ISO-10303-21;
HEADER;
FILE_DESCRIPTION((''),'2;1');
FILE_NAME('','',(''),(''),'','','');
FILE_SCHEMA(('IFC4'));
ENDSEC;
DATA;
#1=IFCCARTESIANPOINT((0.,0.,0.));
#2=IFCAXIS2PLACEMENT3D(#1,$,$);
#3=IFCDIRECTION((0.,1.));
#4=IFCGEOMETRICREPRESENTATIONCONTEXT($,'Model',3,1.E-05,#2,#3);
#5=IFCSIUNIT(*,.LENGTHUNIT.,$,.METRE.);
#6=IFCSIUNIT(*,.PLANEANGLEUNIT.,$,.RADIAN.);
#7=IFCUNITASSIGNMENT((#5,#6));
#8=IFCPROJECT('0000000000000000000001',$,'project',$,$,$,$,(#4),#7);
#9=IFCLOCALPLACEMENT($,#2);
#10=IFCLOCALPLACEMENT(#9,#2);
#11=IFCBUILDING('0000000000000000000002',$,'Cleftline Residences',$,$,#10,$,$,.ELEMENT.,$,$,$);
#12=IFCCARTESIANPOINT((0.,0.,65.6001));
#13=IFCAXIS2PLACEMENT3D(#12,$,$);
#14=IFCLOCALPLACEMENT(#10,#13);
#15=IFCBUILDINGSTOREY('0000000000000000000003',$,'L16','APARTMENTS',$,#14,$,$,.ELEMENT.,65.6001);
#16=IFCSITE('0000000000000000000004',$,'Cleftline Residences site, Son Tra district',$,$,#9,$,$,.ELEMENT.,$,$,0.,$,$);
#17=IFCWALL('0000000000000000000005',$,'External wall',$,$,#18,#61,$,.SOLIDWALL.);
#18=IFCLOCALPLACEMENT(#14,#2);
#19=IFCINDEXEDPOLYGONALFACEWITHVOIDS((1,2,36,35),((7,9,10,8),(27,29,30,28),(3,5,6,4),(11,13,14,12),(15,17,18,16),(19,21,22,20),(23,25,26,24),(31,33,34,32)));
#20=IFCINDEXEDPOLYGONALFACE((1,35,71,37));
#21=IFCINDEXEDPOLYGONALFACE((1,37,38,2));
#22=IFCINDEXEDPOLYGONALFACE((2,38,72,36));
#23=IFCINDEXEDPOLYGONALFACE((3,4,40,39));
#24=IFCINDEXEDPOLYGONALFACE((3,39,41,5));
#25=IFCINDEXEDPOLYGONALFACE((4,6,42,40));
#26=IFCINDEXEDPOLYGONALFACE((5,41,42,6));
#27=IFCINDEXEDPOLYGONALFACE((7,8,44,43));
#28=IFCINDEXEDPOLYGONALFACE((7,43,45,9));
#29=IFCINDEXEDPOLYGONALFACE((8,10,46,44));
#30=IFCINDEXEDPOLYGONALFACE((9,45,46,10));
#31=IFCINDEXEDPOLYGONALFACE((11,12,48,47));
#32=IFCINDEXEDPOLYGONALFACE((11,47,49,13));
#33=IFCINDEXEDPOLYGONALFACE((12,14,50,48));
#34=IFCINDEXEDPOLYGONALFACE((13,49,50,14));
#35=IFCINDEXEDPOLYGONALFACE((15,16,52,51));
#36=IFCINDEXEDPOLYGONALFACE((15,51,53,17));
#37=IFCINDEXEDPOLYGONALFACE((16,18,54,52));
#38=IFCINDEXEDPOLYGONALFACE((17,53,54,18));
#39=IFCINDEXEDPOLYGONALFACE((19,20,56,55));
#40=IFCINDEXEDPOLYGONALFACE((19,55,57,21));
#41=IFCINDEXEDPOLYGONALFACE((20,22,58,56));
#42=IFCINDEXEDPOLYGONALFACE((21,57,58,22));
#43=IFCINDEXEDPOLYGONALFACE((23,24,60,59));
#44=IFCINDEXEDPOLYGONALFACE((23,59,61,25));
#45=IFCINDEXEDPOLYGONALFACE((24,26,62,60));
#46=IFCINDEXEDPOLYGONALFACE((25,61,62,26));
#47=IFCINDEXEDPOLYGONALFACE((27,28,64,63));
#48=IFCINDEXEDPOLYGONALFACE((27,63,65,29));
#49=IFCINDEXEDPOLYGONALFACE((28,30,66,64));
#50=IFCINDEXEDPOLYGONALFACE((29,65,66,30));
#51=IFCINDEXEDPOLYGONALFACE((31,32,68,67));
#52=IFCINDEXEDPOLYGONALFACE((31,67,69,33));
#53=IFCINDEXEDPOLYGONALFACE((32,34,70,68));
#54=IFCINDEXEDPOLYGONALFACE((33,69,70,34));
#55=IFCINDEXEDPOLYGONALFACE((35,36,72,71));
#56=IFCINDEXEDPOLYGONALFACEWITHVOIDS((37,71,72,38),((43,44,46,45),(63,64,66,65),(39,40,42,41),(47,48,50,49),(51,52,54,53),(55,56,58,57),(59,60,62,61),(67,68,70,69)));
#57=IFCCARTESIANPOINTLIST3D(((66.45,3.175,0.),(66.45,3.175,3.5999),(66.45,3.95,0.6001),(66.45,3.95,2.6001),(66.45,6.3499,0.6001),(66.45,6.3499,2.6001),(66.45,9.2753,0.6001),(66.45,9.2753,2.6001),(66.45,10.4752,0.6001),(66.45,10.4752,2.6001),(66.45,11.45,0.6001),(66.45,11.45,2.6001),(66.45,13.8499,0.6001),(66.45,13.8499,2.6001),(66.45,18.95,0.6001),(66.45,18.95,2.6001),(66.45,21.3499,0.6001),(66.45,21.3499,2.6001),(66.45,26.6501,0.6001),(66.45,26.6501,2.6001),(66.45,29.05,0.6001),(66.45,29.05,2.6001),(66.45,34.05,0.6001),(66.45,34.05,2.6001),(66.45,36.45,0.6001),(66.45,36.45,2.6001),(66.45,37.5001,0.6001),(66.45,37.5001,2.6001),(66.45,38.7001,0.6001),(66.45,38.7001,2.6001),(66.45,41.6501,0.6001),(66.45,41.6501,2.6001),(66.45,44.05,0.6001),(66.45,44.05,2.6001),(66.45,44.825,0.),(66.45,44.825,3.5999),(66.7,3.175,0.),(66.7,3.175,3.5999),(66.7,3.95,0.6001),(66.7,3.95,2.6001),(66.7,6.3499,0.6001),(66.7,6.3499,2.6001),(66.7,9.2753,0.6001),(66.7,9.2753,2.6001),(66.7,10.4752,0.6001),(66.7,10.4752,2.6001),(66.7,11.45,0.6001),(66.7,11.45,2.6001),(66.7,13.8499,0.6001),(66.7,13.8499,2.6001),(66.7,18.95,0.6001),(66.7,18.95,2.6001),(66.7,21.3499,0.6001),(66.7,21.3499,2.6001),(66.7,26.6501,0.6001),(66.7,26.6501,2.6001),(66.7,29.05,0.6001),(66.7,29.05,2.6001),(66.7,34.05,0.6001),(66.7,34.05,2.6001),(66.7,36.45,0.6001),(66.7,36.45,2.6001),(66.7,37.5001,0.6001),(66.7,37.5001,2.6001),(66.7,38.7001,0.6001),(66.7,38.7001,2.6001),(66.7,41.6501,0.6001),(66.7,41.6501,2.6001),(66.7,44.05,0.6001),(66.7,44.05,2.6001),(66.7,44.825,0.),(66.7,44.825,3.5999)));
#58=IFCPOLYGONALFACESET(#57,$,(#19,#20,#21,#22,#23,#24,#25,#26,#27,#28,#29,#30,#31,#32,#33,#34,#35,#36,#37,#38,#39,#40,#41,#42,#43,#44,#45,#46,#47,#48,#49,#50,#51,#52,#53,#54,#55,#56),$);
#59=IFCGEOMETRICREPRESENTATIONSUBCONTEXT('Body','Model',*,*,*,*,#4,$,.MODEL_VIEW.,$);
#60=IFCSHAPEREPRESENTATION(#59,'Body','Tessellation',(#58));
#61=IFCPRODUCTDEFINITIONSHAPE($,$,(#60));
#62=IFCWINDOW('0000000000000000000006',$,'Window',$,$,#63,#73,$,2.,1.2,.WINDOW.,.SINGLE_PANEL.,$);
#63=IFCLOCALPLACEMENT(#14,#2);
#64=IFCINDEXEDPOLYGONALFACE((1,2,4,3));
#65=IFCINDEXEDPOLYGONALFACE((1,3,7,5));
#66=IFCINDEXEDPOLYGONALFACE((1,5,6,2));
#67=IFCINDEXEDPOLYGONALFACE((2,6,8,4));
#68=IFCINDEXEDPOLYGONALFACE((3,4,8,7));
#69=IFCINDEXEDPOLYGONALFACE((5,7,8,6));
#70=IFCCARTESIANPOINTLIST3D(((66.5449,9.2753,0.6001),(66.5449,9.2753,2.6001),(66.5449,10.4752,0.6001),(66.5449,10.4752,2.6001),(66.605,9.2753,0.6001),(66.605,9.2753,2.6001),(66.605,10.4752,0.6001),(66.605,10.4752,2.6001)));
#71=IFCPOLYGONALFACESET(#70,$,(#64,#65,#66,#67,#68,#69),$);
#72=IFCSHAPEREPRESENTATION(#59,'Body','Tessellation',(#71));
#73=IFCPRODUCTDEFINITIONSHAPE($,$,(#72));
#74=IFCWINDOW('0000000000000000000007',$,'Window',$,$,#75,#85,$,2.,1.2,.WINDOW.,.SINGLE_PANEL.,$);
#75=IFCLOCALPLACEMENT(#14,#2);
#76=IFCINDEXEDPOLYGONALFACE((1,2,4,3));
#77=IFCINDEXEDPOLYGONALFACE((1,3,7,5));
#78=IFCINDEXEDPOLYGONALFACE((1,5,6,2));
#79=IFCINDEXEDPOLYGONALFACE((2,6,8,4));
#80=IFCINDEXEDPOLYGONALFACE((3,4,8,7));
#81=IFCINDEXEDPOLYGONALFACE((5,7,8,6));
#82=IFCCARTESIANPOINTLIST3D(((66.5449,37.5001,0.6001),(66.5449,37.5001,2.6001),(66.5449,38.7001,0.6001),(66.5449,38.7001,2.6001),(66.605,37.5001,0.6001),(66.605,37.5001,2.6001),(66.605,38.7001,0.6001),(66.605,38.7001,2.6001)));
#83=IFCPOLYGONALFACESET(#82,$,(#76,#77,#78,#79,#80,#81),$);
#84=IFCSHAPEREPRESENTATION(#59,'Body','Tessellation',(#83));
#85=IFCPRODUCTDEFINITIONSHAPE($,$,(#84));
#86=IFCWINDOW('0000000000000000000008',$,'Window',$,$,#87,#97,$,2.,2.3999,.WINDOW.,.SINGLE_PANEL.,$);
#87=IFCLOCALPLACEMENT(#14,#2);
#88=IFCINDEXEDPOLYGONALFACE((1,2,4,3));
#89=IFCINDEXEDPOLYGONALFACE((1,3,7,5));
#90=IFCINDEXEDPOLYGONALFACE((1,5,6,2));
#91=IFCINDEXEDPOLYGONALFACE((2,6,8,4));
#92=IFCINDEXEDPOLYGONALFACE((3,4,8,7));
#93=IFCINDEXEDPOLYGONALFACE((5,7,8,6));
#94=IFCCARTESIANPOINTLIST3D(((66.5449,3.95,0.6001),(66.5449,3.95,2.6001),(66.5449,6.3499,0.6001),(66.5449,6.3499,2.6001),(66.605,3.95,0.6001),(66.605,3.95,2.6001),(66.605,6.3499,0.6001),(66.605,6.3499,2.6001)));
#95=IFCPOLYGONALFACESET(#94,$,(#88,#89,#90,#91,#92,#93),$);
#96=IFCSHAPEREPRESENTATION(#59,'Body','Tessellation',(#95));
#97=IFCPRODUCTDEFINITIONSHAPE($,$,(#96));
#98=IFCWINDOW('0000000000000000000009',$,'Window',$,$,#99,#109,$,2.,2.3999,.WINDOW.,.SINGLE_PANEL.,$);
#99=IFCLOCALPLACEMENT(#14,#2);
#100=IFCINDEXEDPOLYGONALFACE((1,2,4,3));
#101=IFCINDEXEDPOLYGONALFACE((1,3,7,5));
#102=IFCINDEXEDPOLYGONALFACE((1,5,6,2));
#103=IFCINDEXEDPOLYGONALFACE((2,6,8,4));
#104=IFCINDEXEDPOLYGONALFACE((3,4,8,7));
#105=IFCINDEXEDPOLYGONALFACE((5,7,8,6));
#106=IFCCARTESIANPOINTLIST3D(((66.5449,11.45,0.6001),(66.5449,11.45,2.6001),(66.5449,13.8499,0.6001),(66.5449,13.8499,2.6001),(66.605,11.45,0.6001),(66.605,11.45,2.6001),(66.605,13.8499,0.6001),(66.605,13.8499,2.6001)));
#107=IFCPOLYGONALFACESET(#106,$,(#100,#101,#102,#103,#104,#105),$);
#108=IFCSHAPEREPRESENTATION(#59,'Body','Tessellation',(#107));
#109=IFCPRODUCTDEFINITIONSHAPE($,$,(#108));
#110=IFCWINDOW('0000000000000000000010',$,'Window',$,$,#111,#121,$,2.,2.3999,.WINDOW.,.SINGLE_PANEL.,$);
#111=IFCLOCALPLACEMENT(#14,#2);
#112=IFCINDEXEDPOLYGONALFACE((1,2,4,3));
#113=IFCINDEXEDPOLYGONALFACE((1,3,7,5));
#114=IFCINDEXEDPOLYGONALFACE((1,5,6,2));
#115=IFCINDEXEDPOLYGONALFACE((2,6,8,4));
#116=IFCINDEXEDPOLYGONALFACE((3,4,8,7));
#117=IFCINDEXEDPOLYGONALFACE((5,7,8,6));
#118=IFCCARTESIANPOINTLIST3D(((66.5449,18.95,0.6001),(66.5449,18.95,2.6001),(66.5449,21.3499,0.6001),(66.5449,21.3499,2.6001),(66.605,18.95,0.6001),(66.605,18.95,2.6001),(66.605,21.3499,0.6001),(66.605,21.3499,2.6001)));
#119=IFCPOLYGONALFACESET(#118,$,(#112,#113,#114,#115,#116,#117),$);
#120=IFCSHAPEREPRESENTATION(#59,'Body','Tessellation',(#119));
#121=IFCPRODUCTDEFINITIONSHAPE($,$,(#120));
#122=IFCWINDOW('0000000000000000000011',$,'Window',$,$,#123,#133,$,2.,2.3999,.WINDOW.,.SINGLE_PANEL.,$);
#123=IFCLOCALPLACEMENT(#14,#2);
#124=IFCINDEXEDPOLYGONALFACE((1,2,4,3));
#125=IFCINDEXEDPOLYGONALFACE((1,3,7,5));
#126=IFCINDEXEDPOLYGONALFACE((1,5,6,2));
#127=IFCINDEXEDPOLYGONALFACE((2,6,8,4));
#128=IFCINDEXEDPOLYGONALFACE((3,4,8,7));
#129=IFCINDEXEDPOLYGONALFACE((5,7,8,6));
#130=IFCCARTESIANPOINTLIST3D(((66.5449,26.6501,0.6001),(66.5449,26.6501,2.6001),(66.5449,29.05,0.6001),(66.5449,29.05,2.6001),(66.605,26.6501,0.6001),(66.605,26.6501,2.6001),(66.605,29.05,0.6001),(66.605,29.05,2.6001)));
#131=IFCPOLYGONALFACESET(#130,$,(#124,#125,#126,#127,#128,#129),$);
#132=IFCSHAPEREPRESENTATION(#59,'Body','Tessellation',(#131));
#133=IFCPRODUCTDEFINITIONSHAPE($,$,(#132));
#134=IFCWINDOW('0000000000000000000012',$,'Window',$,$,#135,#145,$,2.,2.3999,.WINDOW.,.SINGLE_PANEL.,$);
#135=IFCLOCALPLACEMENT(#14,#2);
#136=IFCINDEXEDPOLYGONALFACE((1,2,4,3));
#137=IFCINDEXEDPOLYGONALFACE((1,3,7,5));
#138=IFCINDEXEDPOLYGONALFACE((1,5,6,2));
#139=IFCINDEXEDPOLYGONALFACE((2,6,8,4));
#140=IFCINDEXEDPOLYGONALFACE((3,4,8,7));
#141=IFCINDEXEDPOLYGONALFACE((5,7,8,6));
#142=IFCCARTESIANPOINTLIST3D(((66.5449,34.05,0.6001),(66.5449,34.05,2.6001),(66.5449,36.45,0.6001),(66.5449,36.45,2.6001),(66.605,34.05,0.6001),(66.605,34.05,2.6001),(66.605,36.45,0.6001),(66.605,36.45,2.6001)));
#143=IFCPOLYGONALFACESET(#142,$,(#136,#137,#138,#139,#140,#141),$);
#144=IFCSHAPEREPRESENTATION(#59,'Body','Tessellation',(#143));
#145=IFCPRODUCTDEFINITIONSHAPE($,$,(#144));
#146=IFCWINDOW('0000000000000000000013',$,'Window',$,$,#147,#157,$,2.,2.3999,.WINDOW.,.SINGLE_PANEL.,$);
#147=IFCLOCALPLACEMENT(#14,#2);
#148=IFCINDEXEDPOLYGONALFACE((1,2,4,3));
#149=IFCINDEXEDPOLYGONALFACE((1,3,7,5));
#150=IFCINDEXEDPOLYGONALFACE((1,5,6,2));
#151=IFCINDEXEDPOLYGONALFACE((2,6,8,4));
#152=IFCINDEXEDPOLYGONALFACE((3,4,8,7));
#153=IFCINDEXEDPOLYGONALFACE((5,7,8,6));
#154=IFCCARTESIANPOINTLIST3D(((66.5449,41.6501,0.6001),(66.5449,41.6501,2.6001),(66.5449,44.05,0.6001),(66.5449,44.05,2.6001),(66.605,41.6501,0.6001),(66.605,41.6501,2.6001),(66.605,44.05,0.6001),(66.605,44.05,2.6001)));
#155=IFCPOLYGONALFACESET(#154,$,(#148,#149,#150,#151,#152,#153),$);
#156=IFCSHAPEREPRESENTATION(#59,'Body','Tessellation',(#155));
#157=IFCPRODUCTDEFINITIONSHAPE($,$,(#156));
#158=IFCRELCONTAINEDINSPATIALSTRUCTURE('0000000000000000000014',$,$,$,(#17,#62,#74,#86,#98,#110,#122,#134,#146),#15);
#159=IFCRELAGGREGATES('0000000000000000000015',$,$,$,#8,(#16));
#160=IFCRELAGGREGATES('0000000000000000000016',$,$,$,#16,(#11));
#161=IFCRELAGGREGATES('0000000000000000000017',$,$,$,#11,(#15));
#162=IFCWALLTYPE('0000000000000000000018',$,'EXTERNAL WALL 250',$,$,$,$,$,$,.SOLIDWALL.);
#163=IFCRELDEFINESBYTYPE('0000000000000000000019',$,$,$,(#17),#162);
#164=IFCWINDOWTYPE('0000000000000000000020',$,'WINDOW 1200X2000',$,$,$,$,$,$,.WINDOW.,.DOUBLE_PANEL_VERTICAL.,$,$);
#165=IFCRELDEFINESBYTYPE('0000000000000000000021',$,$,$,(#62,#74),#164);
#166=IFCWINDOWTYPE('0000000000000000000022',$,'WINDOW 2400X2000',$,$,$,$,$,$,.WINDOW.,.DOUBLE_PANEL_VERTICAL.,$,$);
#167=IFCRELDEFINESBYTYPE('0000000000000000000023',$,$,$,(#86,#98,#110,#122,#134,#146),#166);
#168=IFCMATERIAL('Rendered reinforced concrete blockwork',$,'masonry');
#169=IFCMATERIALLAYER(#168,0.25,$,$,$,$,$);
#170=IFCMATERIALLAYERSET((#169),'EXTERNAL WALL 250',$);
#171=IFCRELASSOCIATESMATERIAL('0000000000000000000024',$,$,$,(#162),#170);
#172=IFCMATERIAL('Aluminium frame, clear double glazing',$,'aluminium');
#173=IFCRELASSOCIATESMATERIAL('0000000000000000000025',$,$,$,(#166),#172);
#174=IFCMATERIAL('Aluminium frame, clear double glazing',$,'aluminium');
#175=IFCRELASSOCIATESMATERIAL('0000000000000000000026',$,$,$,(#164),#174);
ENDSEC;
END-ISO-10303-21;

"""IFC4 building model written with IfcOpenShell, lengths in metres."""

from ifc_helpers import new_model, si_unit, direction, frame, frame_2d, origin, place, context, subcontext, project, spatial, rectangle, extrude, material, layer, layer_set, type_object, element, fill, save


model = new_model("IFC4")

# Units and contexts
model_context = context("Model", 3, precision=1e-05, world=origin(), true_north=direction((0.0, 1.0)))
body_context = subcontext(model_context, "Body", "Model", "MODEL_VIEW")
ifc_project = project(units=[si_unit("LENGTHUNIT", "METRE"), si_unit("PLANEANGLEUNIT", "RADIAN")], contexts=[model_context])

# Site, building, storey
site_placement = place(None, origin())
site = spatial("IfcSite", under=ifc_project, at=site_placement, Name="Cleftline Residences site, Son Tra district", CompositionType="ELEMENT", RefElevation=0.0)
building_placement = place(site_placement, origin())
building = spatial("IfcBuilding", under=site, at=building_placement, Name="Cleftline Residences", CompositionType="ELEMENT")
storey_placement = place(building_placement, frame((0.0, 0.0, 65.6001)))
storey = spatial("IfcBuildingStorey", under=building, at=storey_placement, Name="L16", Description="APARTMENTS", CompositionType="ELEMENT", Elevation=65.6001)

# Shared definitions
ifc_material_1 = material(Name="Rendered reinforced concrete blockwork", Category="masonry")
ifc_layer_1 = layer(ifc_material_1, 0.25)
ifc_layer_set_1 = layer_set([ifc_layer_1], Name="EXTERNAL WALL 250")
wall_type_1 = type_object("IfcWallType", Name="EXTERNAL WALL 250", PredefinedType="SOLIDWALL", material=ifc_layer_set_1)
ifc_material_2 = material(Name="Aluminium frame, clear double glazing", Category="aluminium")
window_type_1 = type_object("IfcWindowType", Name="WINDOW 2400X2000", PartitioningType="DOUBLE_PANEL_VERTICAL", PredefinedType="WINDOW", material=ifc_material_2)

# Wall, openings, windows
wall_1_placement = place(storey_placement, frame((66.575, 3.175, 0.0), z_axis=(0.0, 0.0, 1.0), x_axis=(0.0, 1.0, 0.0)))
wall_1 = element("IfcWall", 1, at=wall_1_placement, inside=storey, type_object=wall_type_1, Name="External wall", PredefinedType="SOLIDWALL", context=body_context, shape_type="SweptSolid", body=[
    extrude(rectangle(XDim=41.6499, YDim=0.25, at=frame_2d((20.825, 0.0))), origin(), (0.0, 0.0, 1.0), 3.5999),
])
opening_1_placement = place(wall_1_placement, frame((0.7749, 0.0, 0.6001)))
opening_1 = element("IfcOpeningElement", 2, at=opening_1_placement, cuts=wall_1, PredefinedType="OPENING", context=body_context, shape_type="SweptSolid", body=[
    extrude(rectangle(XDim=2.3999, YDim=2.0, at=frame_2d((1.2, 1.0))), frame((0.0, 0.135, 0.0), z_axis=(0.0, -1.0, 0.0), x_axis=(1.0, 0.0, 0.0)), (0.0, 0.0, 1.0), 0.27),
])
opening_2_placement = place(wall_1_placement, frame((6.1001, 0.0, 0.6001)))
opening_2 = element("IfcOpeningElement", 3, at=opening_2_placement, cuts=wall_1, PredefinedType="OPENING", context=body_context, shape_type="SweptSolid", body=[
    extrude(rectangle(XDim=1.2, YDim=2.0, at=frame_2d((0.6001, 1.0))), frame((0.0, 0.135, 0.0), z_axis=(0.0, -1.0, 0.0), x_axis=(1.0, 0.0, 0.0)), (0.0, 0.0, 1.0), 0.27),
])
opening_3_placement = place(wall_1_placement, frame((8.2749, 0.0, 0.6001)))
opening_3 = element("IfcOpeningElement", 4, at=opening_3_placement, cuts=wall_1, PredefinedType="OPENING", context=body_context, shape_type="SweptSolid", body=[
    extrude(rectangle(XDim=2.3999, YDim=2.0, at=frame_2d((1.2, 1.0))), frame((0.0, 0.135, 0.0), z_axis=(0.0, -1.0, 0.0), x_axis=(1.0, 0.0, 0.0)), (0.0, 0.0, 1.0), 0.27),
])
opening_4_placement = place(wall_1_placement, frame((15.7749, 0.0, 0.6001)))
opening_4 = element("IfcOpeningElement", 5, at=opening_4_placement, cuts=wall_1, PredefinedType="OPENING", context=body_context, shape_type="SweptSolid", body=[
    extrude(rectangle(XDim=2.3999, YDim=2.0, at=frame_2d((1.2, 1.0))), frame((0.0, 0.135, 0.0), z_axis=(0.0, -1.0, 0.0), x_axis=(1.0, 0.0, 0.0)), (0.0, 0.0, 1.0), 0.27),
])
opening_5_placement = place(wall_1_placement, frame((23.4751, 0.0, 0.6001)))
opening_5 = element("IfcOpeningElement", 6, at=opening_5_placement, cuts=wall_1, PredefinedType="OPENING", context=body_context, shape_type="SweptSolid", body=[
    extrude(rectangle(XDim=2.3999, YDim=2.0, at=frame_2d((1.2, 1.0))), frame((0.0, 0.135, 0.0), z_axis=(0.0, -1.0, 0.0), x_axis=(1.0, 0.0, 0.0)), (0.0, 0.0, 1.0), 0.27),
])
opening_6_placement = place(wall_1_placement, frame((30.875, 0.0, 0.6001)))
opening_6 = element("IfcOpeningElement", 7, at=opening_6_placement, cuts=wall_1, PredefinedType="OPENING", context=body_context, shape_type="SweptSolid", body=[
    extrude(rectangle(XDim=2.3999, YDim=2.0, at=frame_2d((1.2, 1.0))), frame((0.0, 0.135, 0.0), z_axis=(0.0, -1.0, 0.0), x_axis=(1.0, 0.0, 0.0)), (0.0, 0.0, 1.0), 0.27),
])
opening_7_placement = place(wall_1_placement, frame((34.325, 0.0, 0.6001)))
opening_7 = element("IfcOpeningElement", 8, at=opening_7_placement, cuts=wall_1, PredefinedType="OPENING", context=body_context, shape_type="SweptSolid", body=[
    extrude(rectangle(XDim=1.2, YDim=2.0, at=frame_2d((0.6001, 1.0))), frame((0.0, 0.135, 0.0), z_axis=(0.0, -1.0, 0.0), x_axis=(1.0, 0.0, 0.0)), (0.0, 0.0, 1.0), 0.27),
])
opening_8_placement = place(wall_1_placement, frame((38.4751, 0.0, 0.6001)))
opening_8 = element("IfcOpeningElement", 9, at=opening_8_placement, cuts=wall_1, PredefinedType="OPENING", context=body_context, shape_type="SweptSolid", body=[
    extrude(rectangle(XDim=2.3999, YDim=2.0, at=frame_2d((1.2, 1.0))), frame((0.0, 0.135, 0.0), z_axis=(0.0, -1.0, 0.0), x_axis=(1.0, 0.0, 0.0)), (0.0, 0.0, 1.0), 0.27),
])
ifc_material_3 = material(Name="Aluminium frame, clear double glazing", Category="aluminium")
window_type_2 = type_object("IfcWindowType", Name="WINDOW 1200X2000", PartitioningType="DOUBLE_PANEL_VERTICAL", PredefinedType="WINDOW", material=ifc_material_3)
window_1_placement = place(opening_2_placement, origin())
window_1 = element("IfcWindow", 10, at=window_1_placement, inside=storey, type_object=window_type_2, Name="Window", OverallHeight=2.0, OverallWidth=1.2, PartitioningType="SINGLE_PANEL", PredefinedType="WINDOW", context=body_context, shape_type="SweptSolid", body=[
    extrude(rectangle(XDim=1.2, YDim=2.0, at=frame_2d((0.6001, 1.0))), frame((0.0, 0.03, 0.0), z_axis=(0.0, -1.0, 0.0), x_axis=(1.0, 0.0, 0.0)), (0.0, 0.0, 1.0), 0.0601),
])
fill(opening_2, window_1)
window_2_placement = place(opening_7_placement, origin())
window_2 = element("IfcWindow", 11, at=window_2_placement, inside=storey, type_object=window_type_2, Name="Window", OverallHeight=2.0, OverallWidth=1.2, PartitioningType="SINGLE_PANEL", PredefinedType="WINDOW", context=body_context, shape_type="SweptSolid", body=[
    extrude(rectangle(XDim=1.2, YDim=2.0, at=frame_2d((0.6001, 1.0))), frame((0.0, 0.03, 0.0), z_axis=(0.0, -1.0, 0.0), x_axis=(1.0, 0.0, 0.0)), (0.0, 0.0, 1.0), 0.0601),
])
fill(opening_7, window_2)
window_3_placement = place(opening_1_placement, origin())
window_3 = element("IfcWindow", 12, at=window_3_placement, inside=storey, type_object=window_type_1, Name="Window", OverallHeight=2.0, OverallWidth=2.3999, PartitioningType="SINGLE_PANEL", PredefinedType="WINDOW", context=body_context, shape_type="SweptSolid", body=[
    extrude(rectangle(XDim=2.3999, YDim=2.0, at=frame_2d((1.2, 1.0))), frame((0.0, 0.03, 0.0), z_axis=(0.0, -1.0, 0.0), x_axis=(1.0, 0.0, 0.0)), (0.0, 0.0, 1.0), 0.0601),
])
fill(opening_1, window_3)
window_4_placement = place(opening_3_placement, origin())
window_4 = element("IfcWindow", 13, at=window_4_placement, inside=storey, type_object=window_type_1, Name="Window", OverallHeight=2.0, OverallWidth=2.3999, PartitioningType="SINGLE_PANEL", PredefinedType="WINDOW", context=body_context, shape_type="SweptSolid", body=[
    extrude(rectangle(XDim=2.3999, YDim=2.0, at=frame_2d((1.2, 1.0))), frame((0.0, 0.03, 0.0), z_axis=(0.0, -1.0, 0.0), x_axis=(1.0, 0.0, 0.0)), (0.0, 0.0, 1.0), 0.0601),
])
fill(opening_3, window_4)
window_5_placement = place(opening_4_placement, origin())
window_5 = element("IfcWindow", 14, at=window_5_placement, inside=storey, type_object=window_type_1, Name="Window", OverallHeight=2.0, OverallWidth=2.3999, PartitioningType="SINGLE_PANEL", PredefinedType="WINDOW", context=body_context, shape_type="SweptSolid", body=[
    extrude(rectangle(XDim=2.3999, YDim=2.0, at=frame_2d((1.2, 1.0))), frame((0.0, 0.03, 0.0), z_axis=(0.0, -1.0, 0.0), x_axis=(1.0, 0.0, 0.0)), (0.0, 0.0, 1.0), 0.0601),
])
fill(opening_4, window_5)
window_6_placement = place(opening_5_placement, origin())
window_6 = element("IfcWindow", 15, at=window_6_placement, inside=storey, type_object=window_type_1, Name="Window", OverallHeight=2.0, OverallWidth=2.3999, PartitioningType="SINGLE_PANEL", PredefinedType="WINDOW", context=body_context, shape_type="SweptSolid", body=[
    extrude(rectangle(XDim=2.3999, YDim=2.0, at=frame_2d((1.2, 1.0))), frame((0.0, 0.03, 0.0), z_axis=(0.0, -1.0, 0.0), x_axis=(1.0, 0.0, 0.0)), (0.0, 0.0, 1.0), 0.0601),
])
fill(opening_5, window_6)
window_7_placement = place(opening_6_placement, origin())
window_7 = element("IfcWindow", 16, at=window_7_placement, inside=storey, type_object=window_type_1, Name="Window", OverallHeight=2.0, OverallWidth=2.3999, PartitioningType="SINGLE_PANEL", PredefinedType="WINDOW", context=body_context, shape_type="SweptSolid", body=[
    extrude(rectangle(XDim=2.3999, YDim=2.0, at=frame_2d((1.2, 1.0))), frame((0.0, 0.03, 0.0), z_axis=(0.0, -1.0, 0.0), x_axis=(1.0, 0.0, 0.0)), (0.0, 0.0, 1.0), 0.0601),
])
fill(opening_6, window_7)
window_8_placement = place(opening_8_placement, origin())
window_8 = element("IfcWindow", 17, at=window_8_placement, inside=storey, type_object=window_type_1, Name="Window", OverallHeight=2.0, OverallWidth=2.3999, PartitioningType="SINGLE_PANEL", PredefinedType="WINDOW", context=body_context, shape_type="SweptSolid", body=[
    extrude(rectangle(XDim=2.3999, YDim=2.0, at=frame_2d((1.2, 1.0))), frame((0.0, 0.03, 0.0), z_axis=(0.0, -1.0, 0.0), x_axis=(1.0, 0.0, 0.0)), (0.0, 0.0, 1.0), 0.0601),
])
fill(opening_8, window_8)

save(model, "model.ifc")
